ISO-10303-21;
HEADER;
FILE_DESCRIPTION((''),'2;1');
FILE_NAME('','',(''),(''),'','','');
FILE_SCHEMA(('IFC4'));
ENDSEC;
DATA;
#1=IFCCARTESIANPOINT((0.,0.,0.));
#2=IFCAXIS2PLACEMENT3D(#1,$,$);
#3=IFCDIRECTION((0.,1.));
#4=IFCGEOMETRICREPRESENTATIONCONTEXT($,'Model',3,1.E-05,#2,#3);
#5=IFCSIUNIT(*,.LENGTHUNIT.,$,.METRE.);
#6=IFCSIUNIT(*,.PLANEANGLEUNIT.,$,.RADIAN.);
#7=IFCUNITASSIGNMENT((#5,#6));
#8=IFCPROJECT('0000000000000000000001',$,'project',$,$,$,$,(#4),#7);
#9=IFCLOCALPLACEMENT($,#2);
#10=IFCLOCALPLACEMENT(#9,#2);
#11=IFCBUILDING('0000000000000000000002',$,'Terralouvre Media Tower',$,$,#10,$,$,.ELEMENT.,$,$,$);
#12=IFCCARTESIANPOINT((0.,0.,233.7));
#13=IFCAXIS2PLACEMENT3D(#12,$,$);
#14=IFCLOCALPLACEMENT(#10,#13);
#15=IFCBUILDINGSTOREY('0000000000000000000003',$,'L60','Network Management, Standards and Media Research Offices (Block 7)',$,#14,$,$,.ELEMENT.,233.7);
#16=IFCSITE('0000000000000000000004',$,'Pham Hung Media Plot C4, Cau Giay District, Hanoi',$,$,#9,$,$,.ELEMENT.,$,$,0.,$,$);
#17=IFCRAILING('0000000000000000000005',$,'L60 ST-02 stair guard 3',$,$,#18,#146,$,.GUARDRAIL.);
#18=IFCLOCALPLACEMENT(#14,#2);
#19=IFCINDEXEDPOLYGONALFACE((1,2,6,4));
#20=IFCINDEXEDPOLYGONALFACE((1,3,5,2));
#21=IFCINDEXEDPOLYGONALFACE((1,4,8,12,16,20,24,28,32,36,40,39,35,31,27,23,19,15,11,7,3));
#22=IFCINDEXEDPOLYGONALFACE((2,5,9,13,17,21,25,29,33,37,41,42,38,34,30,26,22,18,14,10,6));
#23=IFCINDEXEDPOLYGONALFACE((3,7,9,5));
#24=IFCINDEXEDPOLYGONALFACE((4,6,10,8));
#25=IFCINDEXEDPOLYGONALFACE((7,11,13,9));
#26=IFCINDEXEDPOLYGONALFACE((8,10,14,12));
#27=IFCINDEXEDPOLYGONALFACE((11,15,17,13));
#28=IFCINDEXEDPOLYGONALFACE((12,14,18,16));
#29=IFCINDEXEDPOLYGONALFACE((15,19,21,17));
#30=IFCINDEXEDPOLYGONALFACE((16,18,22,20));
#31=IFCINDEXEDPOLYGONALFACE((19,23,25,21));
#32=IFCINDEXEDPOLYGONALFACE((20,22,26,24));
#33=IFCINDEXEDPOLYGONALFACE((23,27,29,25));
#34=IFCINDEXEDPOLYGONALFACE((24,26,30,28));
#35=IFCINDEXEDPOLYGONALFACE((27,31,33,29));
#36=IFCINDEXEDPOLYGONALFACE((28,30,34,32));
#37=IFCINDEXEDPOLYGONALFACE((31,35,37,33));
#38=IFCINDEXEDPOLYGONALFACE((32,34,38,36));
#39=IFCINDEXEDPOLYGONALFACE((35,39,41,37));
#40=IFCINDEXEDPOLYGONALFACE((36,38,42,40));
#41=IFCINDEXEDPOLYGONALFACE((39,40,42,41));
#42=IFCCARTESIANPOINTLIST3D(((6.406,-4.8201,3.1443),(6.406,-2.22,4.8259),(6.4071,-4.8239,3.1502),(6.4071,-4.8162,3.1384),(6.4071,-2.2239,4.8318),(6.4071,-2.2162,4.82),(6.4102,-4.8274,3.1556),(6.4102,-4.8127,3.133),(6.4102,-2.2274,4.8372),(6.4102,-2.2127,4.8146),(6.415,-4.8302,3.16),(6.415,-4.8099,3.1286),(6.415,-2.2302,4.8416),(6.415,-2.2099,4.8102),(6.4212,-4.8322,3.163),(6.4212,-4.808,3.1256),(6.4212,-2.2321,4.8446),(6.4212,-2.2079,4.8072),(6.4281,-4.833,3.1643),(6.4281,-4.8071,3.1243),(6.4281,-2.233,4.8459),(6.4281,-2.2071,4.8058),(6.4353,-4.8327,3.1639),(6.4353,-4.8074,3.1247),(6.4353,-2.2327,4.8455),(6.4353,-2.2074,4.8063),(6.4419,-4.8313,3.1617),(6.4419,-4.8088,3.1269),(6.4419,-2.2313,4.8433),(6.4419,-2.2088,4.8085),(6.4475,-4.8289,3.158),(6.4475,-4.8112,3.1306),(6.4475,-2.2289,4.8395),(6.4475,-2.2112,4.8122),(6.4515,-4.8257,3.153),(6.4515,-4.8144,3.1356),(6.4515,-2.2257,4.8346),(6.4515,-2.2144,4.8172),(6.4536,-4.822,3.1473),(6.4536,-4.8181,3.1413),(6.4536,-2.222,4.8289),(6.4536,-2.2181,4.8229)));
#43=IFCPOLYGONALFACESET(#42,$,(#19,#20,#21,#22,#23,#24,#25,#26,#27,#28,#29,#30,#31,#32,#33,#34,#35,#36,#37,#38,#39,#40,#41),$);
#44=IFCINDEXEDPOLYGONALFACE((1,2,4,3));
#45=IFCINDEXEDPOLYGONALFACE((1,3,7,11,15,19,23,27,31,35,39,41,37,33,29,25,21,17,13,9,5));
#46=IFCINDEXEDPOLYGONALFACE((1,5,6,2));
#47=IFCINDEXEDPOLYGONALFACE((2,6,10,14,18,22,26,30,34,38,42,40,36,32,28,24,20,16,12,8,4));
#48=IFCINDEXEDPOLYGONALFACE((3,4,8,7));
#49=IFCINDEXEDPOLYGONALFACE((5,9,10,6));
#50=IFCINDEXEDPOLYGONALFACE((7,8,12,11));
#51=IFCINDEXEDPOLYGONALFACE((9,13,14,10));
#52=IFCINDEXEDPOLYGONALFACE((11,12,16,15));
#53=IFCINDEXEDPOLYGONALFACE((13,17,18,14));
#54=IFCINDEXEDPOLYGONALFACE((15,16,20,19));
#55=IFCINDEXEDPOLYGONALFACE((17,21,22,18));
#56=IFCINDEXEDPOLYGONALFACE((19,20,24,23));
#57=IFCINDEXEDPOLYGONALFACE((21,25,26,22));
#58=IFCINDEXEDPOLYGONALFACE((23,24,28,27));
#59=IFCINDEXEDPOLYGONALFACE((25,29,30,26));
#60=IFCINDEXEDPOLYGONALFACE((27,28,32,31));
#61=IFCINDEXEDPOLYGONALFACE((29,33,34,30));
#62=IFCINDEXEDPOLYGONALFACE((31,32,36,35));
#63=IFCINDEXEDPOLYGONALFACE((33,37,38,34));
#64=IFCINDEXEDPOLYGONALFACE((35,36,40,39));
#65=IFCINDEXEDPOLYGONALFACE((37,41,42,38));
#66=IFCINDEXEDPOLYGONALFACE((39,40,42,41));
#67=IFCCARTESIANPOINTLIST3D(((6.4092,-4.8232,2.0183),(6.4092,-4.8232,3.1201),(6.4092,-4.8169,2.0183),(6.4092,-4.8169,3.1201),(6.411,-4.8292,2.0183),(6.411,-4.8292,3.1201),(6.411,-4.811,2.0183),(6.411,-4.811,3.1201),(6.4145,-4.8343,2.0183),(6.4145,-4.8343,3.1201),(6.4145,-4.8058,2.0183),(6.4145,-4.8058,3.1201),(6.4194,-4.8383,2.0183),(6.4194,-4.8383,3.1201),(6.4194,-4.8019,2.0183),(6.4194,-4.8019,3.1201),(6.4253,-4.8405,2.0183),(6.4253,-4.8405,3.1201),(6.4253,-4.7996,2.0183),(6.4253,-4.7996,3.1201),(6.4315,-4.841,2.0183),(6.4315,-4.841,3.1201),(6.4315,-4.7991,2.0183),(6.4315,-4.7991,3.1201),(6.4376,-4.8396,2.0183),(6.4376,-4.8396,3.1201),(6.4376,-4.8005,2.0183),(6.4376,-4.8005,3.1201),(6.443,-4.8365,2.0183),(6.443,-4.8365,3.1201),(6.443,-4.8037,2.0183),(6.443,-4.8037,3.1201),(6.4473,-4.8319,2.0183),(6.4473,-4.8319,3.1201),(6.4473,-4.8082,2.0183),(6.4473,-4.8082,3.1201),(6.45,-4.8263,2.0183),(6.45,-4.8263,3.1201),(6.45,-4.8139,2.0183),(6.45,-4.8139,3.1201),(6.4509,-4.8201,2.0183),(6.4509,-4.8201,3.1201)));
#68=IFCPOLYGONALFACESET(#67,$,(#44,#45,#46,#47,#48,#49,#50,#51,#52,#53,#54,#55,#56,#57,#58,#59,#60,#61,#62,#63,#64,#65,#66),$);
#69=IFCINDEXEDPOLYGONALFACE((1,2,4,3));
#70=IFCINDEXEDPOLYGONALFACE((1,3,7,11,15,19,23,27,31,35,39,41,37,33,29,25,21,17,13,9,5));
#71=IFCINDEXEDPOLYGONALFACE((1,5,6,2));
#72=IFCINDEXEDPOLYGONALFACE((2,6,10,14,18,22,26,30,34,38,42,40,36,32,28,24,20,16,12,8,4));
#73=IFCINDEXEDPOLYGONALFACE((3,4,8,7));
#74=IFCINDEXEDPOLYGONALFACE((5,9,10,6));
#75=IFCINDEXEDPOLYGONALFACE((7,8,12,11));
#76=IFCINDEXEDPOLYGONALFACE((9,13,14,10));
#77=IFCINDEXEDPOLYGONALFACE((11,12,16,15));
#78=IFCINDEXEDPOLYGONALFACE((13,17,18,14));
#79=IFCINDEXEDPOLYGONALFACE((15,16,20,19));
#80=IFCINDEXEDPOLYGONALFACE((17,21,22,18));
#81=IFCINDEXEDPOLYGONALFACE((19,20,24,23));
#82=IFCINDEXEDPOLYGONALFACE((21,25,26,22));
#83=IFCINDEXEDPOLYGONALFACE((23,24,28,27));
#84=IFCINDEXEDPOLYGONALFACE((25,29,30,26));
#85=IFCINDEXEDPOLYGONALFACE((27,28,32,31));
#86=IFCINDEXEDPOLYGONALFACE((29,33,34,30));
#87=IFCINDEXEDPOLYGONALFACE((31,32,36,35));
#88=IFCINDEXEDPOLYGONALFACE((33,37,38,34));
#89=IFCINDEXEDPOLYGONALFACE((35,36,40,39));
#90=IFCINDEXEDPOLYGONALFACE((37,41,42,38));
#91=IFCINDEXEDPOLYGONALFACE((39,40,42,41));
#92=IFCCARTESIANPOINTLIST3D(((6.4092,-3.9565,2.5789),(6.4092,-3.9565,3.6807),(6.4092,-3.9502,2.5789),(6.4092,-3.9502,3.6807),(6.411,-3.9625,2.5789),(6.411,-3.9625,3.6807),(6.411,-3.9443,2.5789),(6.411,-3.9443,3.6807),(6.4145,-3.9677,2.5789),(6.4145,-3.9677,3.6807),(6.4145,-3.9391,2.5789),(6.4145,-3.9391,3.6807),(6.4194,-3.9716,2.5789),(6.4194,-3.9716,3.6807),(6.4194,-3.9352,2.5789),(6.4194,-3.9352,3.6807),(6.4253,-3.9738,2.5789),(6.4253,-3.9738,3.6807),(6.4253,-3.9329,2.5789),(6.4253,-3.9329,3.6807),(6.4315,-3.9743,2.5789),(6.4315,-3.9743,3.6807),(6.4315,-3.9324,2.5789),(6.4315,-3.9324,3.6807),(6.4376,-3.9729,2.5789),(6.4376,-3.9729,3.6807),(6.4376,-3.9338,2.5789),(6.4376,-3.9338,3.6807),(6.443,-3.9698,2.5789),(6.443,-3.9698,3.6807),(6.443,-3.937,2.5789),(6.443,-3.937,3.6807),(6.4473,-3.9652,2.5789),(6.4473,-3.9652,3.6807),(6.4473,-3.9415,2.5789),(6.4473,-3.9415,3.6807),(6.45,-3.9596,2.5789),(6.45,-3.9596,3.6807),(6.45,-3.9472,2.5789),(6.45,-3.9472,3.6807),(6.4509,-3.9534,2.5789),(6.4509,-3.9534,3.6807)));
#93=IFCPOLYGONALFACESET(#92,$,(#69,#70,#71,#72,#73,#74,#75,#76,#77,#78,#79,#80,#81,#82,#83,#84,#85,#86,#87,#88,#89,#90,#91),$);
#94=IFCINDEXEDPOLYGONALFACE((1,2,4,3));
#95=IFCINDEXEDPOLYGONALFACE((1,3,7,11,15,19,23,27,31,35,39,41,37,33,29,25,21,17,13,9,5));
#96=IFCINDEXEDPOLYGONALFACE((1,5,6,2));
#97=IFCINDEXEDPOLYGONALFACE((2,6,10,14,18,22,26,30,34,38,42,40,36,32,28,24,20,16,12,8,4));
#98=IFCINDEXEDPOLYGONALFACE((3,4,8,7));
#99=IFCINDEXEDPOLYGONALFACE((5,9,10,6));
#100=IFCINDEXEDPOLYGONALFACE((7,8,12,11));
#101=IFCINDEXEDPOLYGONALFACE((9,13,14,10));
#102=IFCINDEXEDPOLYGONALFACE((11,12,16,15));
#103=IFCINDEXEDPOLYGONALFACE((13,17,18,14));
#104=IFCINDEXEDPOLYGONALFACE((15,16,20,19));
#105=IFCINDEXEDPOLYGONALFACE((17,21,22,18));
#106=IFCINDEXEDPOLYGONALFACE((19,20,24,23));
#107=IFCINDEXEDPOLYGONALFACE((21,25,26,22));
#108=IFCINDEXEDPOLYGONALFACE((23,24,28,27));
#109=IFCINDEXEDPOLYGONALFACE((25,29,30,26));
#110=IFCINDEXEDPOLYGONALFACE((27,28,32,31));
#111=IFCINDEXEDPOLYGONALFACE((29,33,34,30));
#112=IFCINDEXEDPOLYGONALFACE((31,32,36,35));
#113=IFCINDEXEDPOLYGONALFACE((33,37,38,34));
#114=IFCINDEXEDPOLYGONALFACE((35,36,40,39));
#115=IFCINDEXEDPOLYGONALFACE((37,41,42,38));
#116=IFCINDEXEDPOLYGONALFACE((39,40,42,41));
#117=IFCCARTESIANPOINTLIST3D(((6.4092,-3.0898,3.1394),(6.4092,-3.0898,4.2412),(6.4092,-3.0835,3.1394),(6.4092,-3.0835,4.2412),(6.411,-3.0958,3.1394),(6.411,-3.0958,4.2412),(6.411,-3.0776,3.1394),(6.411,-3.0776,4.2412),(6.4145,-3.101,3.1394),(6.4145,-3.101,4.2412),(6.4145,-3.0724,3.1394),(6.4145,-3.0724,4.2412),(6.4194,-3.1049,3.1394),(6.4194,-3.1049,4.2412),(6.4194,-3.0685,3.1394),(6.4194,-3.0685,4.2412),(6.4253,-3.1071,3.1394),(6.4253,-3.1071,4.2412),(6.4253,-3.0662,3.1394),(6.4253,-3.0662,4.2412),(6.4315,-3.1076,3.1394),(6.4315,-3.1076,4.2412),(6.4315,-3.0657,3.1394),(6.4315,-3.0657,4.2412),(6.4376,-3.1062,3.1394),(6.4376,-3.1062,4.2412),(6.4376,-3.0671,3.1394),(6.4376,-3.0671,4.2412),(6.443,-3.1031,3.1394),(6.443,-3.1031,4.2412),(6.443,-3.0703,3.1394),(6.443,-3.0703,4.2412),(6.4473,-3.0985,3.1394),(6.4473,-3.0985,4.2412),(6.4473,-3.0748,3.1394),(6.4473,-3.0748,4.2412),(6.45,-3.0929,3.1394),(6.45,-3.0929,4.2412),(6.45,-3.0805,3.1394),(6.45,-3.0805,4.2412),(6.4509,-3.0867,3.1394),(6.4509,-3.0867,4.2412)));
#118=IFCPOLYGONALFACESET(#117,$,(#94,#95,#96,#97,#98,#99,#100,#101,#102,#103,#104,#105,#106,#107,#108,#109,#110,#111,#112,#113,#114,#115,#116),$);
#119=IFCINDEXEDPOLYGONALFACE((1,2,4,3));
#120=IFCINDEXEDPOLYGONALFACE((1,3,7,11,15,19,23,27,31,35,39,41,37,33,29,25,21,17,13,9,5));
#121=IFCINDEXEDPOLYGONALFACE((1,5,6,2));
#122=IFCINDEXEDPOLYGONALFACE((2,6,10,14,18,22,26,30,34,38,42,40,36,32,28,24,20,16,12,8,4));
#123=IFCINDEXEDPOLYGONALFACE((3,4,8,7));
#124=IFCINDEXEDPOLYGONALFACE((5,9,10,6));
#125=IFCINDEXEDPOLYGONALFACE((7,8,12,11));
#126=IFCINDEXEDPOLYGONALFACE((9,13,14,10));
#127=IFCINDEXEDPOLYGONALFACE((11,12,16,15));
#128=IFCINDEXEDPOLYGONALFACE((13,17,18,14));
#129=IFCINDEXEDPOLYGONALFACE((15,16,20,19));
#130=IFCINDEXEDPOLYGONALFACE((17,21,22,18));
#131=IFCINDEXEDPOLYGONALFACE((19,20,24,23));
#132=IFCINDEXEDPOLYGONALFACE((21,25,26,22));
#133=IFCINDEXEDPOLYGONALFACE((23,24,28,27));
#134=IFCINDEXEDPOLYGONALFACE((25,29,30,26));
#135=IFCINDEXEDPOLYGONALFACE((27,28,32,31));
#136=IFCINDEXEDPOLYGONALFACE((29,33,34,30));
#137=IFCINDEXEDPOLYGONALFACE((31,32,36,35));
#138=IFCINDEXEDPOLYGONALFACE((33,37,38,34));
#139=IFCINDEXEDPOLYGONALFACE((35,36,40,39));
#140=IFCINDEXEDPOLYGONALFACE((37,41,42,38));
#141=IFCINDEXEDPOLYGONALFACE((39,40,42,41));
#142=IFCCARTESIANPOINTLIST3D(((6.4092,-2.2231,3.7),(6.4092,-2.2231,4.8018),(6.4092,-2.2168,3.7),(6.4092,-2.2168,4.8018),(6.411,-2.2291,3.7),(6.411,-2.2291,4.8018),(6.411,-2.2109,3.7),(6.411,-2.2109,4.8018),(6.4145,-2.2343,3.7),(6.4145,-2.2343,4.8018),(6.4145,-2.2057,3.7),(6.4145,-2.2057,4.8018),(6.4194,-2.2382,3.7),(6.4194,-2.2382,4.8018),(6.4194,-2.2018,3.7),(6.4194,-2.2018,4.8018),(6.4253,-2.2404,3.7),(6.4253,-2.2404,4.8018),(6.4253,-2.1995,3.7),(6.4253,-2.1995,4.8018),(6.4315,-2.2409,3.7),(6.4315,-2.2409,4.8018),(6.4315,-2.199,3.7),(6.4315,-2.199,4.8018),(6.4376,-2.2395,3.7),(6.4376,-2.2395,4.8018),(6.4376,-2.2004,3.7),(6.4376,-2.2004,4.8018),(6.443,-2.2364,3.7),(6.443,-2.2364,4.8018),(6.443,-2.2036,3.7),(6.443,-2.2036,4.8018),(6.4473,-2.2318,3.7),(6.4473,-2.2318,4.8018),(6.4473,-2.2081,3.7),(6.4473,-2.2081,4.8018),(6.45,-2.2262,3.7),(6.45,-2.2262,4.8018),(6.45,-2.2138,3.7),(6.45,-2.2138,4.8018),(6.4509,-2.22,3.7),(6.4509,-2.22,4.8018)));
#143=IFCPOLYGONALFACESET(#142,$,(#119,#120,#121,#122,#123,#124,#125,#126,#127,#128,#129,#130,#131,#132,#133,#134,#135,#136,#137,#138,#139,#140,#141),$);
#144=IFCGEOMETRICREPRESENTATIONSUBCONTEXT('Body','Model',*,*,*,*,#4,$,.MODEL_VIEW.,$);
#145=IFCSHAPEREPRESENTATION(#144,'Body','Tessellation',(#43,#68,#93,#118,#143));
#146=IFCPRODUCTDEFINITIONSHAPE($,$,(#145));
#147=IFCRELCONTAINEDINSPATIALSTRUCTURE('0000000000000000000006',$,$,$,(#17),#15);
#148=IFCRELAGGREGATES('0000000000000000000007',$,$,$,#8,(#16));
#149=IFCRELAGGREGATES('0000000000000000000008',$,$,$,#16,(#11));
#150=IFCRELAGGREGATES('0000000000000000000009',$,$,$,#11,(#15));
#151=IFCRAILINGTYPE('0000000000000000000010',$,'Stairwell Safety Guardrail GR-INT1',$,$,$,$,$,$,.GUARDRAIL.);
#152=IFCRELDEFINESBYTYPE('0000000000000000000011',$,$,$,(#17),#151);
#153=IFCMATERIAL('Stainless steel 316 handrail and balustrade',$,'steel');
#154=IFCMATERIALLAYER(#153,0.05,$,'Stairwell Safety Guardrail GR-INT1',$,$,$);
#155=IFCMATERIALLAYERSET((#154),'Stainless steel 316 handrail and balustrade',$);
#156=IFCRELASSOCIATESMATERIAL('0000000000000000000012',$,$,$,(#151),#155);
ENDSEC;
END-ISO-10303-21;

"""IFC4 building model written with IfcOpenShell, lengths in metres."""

from ifc_helpers import new_model, si_unit, direction, frame, origin, origin_2d, place, context, subcontext, project, spatial, circle, extrude, material, layer, layer_set, type_object, element, save


model = new_model("IFC4")

# Units and contexts
model_context = context("Model", 3, precision=1e-05, world=origin(), true_north=direction((0.0, 1.0)))
body_context = subcontext(model_context, "Body", "Model", "MODEL_VIEW")
ifc_project = project(units=[si_unit("LENGTHUNIT", "METRE"), si_unit("PLANEANGLEUNIT", "RADIAN")], contexts=[model_context])

# Site, building, storey
site_placement = place(None, origin())
site = spatial("IfcSite", under=ifc_project, at=site_placement, Name="Pham Hung Media Plot C4, Cau Giay District, Hanoi", CompositionType="ELEMENT", RefElevation=0.0)
building_placement = place(site_placement, origin())
building = spatial("IfcBuilding", under=site, at=building_placement, Name="Terralouvre Media Tower", CompositionType="ELEMENT")
storey_placement = place(building_placement, frame((0.0, 0.0, 233.7)))
storey = spatial("IfcBuildingStorey", under=building, at=storey_placement, Name="L60", Description="Network Management, Standards and Media Research Offices (Block 7)", CompositionType="ELEMENT", Elevation=233.7)

# Railing
ifc_material_1 = material(Name="Stainless steel 316 handrail and balustrade", Category="steel")
ifc_layer_1 = layer(ifc_material_1, 0.05, Name="Stairwell Safety Guardrail GR-INT1")
ifc_layer_set_1 = layer_set([ifc_layer_1], Name="Stainless steel 316 handrail and balustrade")
railing_type_1 = type_object("IfcRailingType", Name="Stairwell Safety Guardrail GR-INT1", PredefinedType="GUARDRAIL", material=ifc_layer_set_1)
railing_1_placement = place(storey_placement, frame((6.4299, -4.8201, 2.0183)))
element("IfcRailing", 1, at=railing_1_placement, inside=storey, type_object=railing_type_1, Name="L60 ST-02 stair guard 3", PredefinedType="GUARDRAIL", context=body_context, shape_type="SweptSolid", body=[
    extrude(circle(Radius=0.0239, at=origin_2d()), frame((0.0, 0.0, 1.126), z_axis=(0.0, 0.839684, 0.543075), x_axis=(-1.0, 0.0, 0.0)), (0.0, 0.0, 1.0), 3.0964),
    extrude(circle(Radius=0.021, at=origin_2d()), origin(), (0.0, 0.0, 1.0), 1.1018),
    extrude(circle(Radius=0.021, at=origin_2d()), frame((0.0, 0.8667, 0.5605)), (0.0, 0.0, 1.0), 1.1018),
    extrude(circle(Radius=0.021, at=origin_2d()), frame((0.0, 1.7334, 1.1211)), (0.0, 0.0, 1.0), 1.1018),
    extrude(circle(Radius=0.021, at=origin_2d()), frame((0.0, 2.6001, 1.6816)), (0.0, 0.0, 1.0), 1.1018),
])

save(model, "model.ifc")
